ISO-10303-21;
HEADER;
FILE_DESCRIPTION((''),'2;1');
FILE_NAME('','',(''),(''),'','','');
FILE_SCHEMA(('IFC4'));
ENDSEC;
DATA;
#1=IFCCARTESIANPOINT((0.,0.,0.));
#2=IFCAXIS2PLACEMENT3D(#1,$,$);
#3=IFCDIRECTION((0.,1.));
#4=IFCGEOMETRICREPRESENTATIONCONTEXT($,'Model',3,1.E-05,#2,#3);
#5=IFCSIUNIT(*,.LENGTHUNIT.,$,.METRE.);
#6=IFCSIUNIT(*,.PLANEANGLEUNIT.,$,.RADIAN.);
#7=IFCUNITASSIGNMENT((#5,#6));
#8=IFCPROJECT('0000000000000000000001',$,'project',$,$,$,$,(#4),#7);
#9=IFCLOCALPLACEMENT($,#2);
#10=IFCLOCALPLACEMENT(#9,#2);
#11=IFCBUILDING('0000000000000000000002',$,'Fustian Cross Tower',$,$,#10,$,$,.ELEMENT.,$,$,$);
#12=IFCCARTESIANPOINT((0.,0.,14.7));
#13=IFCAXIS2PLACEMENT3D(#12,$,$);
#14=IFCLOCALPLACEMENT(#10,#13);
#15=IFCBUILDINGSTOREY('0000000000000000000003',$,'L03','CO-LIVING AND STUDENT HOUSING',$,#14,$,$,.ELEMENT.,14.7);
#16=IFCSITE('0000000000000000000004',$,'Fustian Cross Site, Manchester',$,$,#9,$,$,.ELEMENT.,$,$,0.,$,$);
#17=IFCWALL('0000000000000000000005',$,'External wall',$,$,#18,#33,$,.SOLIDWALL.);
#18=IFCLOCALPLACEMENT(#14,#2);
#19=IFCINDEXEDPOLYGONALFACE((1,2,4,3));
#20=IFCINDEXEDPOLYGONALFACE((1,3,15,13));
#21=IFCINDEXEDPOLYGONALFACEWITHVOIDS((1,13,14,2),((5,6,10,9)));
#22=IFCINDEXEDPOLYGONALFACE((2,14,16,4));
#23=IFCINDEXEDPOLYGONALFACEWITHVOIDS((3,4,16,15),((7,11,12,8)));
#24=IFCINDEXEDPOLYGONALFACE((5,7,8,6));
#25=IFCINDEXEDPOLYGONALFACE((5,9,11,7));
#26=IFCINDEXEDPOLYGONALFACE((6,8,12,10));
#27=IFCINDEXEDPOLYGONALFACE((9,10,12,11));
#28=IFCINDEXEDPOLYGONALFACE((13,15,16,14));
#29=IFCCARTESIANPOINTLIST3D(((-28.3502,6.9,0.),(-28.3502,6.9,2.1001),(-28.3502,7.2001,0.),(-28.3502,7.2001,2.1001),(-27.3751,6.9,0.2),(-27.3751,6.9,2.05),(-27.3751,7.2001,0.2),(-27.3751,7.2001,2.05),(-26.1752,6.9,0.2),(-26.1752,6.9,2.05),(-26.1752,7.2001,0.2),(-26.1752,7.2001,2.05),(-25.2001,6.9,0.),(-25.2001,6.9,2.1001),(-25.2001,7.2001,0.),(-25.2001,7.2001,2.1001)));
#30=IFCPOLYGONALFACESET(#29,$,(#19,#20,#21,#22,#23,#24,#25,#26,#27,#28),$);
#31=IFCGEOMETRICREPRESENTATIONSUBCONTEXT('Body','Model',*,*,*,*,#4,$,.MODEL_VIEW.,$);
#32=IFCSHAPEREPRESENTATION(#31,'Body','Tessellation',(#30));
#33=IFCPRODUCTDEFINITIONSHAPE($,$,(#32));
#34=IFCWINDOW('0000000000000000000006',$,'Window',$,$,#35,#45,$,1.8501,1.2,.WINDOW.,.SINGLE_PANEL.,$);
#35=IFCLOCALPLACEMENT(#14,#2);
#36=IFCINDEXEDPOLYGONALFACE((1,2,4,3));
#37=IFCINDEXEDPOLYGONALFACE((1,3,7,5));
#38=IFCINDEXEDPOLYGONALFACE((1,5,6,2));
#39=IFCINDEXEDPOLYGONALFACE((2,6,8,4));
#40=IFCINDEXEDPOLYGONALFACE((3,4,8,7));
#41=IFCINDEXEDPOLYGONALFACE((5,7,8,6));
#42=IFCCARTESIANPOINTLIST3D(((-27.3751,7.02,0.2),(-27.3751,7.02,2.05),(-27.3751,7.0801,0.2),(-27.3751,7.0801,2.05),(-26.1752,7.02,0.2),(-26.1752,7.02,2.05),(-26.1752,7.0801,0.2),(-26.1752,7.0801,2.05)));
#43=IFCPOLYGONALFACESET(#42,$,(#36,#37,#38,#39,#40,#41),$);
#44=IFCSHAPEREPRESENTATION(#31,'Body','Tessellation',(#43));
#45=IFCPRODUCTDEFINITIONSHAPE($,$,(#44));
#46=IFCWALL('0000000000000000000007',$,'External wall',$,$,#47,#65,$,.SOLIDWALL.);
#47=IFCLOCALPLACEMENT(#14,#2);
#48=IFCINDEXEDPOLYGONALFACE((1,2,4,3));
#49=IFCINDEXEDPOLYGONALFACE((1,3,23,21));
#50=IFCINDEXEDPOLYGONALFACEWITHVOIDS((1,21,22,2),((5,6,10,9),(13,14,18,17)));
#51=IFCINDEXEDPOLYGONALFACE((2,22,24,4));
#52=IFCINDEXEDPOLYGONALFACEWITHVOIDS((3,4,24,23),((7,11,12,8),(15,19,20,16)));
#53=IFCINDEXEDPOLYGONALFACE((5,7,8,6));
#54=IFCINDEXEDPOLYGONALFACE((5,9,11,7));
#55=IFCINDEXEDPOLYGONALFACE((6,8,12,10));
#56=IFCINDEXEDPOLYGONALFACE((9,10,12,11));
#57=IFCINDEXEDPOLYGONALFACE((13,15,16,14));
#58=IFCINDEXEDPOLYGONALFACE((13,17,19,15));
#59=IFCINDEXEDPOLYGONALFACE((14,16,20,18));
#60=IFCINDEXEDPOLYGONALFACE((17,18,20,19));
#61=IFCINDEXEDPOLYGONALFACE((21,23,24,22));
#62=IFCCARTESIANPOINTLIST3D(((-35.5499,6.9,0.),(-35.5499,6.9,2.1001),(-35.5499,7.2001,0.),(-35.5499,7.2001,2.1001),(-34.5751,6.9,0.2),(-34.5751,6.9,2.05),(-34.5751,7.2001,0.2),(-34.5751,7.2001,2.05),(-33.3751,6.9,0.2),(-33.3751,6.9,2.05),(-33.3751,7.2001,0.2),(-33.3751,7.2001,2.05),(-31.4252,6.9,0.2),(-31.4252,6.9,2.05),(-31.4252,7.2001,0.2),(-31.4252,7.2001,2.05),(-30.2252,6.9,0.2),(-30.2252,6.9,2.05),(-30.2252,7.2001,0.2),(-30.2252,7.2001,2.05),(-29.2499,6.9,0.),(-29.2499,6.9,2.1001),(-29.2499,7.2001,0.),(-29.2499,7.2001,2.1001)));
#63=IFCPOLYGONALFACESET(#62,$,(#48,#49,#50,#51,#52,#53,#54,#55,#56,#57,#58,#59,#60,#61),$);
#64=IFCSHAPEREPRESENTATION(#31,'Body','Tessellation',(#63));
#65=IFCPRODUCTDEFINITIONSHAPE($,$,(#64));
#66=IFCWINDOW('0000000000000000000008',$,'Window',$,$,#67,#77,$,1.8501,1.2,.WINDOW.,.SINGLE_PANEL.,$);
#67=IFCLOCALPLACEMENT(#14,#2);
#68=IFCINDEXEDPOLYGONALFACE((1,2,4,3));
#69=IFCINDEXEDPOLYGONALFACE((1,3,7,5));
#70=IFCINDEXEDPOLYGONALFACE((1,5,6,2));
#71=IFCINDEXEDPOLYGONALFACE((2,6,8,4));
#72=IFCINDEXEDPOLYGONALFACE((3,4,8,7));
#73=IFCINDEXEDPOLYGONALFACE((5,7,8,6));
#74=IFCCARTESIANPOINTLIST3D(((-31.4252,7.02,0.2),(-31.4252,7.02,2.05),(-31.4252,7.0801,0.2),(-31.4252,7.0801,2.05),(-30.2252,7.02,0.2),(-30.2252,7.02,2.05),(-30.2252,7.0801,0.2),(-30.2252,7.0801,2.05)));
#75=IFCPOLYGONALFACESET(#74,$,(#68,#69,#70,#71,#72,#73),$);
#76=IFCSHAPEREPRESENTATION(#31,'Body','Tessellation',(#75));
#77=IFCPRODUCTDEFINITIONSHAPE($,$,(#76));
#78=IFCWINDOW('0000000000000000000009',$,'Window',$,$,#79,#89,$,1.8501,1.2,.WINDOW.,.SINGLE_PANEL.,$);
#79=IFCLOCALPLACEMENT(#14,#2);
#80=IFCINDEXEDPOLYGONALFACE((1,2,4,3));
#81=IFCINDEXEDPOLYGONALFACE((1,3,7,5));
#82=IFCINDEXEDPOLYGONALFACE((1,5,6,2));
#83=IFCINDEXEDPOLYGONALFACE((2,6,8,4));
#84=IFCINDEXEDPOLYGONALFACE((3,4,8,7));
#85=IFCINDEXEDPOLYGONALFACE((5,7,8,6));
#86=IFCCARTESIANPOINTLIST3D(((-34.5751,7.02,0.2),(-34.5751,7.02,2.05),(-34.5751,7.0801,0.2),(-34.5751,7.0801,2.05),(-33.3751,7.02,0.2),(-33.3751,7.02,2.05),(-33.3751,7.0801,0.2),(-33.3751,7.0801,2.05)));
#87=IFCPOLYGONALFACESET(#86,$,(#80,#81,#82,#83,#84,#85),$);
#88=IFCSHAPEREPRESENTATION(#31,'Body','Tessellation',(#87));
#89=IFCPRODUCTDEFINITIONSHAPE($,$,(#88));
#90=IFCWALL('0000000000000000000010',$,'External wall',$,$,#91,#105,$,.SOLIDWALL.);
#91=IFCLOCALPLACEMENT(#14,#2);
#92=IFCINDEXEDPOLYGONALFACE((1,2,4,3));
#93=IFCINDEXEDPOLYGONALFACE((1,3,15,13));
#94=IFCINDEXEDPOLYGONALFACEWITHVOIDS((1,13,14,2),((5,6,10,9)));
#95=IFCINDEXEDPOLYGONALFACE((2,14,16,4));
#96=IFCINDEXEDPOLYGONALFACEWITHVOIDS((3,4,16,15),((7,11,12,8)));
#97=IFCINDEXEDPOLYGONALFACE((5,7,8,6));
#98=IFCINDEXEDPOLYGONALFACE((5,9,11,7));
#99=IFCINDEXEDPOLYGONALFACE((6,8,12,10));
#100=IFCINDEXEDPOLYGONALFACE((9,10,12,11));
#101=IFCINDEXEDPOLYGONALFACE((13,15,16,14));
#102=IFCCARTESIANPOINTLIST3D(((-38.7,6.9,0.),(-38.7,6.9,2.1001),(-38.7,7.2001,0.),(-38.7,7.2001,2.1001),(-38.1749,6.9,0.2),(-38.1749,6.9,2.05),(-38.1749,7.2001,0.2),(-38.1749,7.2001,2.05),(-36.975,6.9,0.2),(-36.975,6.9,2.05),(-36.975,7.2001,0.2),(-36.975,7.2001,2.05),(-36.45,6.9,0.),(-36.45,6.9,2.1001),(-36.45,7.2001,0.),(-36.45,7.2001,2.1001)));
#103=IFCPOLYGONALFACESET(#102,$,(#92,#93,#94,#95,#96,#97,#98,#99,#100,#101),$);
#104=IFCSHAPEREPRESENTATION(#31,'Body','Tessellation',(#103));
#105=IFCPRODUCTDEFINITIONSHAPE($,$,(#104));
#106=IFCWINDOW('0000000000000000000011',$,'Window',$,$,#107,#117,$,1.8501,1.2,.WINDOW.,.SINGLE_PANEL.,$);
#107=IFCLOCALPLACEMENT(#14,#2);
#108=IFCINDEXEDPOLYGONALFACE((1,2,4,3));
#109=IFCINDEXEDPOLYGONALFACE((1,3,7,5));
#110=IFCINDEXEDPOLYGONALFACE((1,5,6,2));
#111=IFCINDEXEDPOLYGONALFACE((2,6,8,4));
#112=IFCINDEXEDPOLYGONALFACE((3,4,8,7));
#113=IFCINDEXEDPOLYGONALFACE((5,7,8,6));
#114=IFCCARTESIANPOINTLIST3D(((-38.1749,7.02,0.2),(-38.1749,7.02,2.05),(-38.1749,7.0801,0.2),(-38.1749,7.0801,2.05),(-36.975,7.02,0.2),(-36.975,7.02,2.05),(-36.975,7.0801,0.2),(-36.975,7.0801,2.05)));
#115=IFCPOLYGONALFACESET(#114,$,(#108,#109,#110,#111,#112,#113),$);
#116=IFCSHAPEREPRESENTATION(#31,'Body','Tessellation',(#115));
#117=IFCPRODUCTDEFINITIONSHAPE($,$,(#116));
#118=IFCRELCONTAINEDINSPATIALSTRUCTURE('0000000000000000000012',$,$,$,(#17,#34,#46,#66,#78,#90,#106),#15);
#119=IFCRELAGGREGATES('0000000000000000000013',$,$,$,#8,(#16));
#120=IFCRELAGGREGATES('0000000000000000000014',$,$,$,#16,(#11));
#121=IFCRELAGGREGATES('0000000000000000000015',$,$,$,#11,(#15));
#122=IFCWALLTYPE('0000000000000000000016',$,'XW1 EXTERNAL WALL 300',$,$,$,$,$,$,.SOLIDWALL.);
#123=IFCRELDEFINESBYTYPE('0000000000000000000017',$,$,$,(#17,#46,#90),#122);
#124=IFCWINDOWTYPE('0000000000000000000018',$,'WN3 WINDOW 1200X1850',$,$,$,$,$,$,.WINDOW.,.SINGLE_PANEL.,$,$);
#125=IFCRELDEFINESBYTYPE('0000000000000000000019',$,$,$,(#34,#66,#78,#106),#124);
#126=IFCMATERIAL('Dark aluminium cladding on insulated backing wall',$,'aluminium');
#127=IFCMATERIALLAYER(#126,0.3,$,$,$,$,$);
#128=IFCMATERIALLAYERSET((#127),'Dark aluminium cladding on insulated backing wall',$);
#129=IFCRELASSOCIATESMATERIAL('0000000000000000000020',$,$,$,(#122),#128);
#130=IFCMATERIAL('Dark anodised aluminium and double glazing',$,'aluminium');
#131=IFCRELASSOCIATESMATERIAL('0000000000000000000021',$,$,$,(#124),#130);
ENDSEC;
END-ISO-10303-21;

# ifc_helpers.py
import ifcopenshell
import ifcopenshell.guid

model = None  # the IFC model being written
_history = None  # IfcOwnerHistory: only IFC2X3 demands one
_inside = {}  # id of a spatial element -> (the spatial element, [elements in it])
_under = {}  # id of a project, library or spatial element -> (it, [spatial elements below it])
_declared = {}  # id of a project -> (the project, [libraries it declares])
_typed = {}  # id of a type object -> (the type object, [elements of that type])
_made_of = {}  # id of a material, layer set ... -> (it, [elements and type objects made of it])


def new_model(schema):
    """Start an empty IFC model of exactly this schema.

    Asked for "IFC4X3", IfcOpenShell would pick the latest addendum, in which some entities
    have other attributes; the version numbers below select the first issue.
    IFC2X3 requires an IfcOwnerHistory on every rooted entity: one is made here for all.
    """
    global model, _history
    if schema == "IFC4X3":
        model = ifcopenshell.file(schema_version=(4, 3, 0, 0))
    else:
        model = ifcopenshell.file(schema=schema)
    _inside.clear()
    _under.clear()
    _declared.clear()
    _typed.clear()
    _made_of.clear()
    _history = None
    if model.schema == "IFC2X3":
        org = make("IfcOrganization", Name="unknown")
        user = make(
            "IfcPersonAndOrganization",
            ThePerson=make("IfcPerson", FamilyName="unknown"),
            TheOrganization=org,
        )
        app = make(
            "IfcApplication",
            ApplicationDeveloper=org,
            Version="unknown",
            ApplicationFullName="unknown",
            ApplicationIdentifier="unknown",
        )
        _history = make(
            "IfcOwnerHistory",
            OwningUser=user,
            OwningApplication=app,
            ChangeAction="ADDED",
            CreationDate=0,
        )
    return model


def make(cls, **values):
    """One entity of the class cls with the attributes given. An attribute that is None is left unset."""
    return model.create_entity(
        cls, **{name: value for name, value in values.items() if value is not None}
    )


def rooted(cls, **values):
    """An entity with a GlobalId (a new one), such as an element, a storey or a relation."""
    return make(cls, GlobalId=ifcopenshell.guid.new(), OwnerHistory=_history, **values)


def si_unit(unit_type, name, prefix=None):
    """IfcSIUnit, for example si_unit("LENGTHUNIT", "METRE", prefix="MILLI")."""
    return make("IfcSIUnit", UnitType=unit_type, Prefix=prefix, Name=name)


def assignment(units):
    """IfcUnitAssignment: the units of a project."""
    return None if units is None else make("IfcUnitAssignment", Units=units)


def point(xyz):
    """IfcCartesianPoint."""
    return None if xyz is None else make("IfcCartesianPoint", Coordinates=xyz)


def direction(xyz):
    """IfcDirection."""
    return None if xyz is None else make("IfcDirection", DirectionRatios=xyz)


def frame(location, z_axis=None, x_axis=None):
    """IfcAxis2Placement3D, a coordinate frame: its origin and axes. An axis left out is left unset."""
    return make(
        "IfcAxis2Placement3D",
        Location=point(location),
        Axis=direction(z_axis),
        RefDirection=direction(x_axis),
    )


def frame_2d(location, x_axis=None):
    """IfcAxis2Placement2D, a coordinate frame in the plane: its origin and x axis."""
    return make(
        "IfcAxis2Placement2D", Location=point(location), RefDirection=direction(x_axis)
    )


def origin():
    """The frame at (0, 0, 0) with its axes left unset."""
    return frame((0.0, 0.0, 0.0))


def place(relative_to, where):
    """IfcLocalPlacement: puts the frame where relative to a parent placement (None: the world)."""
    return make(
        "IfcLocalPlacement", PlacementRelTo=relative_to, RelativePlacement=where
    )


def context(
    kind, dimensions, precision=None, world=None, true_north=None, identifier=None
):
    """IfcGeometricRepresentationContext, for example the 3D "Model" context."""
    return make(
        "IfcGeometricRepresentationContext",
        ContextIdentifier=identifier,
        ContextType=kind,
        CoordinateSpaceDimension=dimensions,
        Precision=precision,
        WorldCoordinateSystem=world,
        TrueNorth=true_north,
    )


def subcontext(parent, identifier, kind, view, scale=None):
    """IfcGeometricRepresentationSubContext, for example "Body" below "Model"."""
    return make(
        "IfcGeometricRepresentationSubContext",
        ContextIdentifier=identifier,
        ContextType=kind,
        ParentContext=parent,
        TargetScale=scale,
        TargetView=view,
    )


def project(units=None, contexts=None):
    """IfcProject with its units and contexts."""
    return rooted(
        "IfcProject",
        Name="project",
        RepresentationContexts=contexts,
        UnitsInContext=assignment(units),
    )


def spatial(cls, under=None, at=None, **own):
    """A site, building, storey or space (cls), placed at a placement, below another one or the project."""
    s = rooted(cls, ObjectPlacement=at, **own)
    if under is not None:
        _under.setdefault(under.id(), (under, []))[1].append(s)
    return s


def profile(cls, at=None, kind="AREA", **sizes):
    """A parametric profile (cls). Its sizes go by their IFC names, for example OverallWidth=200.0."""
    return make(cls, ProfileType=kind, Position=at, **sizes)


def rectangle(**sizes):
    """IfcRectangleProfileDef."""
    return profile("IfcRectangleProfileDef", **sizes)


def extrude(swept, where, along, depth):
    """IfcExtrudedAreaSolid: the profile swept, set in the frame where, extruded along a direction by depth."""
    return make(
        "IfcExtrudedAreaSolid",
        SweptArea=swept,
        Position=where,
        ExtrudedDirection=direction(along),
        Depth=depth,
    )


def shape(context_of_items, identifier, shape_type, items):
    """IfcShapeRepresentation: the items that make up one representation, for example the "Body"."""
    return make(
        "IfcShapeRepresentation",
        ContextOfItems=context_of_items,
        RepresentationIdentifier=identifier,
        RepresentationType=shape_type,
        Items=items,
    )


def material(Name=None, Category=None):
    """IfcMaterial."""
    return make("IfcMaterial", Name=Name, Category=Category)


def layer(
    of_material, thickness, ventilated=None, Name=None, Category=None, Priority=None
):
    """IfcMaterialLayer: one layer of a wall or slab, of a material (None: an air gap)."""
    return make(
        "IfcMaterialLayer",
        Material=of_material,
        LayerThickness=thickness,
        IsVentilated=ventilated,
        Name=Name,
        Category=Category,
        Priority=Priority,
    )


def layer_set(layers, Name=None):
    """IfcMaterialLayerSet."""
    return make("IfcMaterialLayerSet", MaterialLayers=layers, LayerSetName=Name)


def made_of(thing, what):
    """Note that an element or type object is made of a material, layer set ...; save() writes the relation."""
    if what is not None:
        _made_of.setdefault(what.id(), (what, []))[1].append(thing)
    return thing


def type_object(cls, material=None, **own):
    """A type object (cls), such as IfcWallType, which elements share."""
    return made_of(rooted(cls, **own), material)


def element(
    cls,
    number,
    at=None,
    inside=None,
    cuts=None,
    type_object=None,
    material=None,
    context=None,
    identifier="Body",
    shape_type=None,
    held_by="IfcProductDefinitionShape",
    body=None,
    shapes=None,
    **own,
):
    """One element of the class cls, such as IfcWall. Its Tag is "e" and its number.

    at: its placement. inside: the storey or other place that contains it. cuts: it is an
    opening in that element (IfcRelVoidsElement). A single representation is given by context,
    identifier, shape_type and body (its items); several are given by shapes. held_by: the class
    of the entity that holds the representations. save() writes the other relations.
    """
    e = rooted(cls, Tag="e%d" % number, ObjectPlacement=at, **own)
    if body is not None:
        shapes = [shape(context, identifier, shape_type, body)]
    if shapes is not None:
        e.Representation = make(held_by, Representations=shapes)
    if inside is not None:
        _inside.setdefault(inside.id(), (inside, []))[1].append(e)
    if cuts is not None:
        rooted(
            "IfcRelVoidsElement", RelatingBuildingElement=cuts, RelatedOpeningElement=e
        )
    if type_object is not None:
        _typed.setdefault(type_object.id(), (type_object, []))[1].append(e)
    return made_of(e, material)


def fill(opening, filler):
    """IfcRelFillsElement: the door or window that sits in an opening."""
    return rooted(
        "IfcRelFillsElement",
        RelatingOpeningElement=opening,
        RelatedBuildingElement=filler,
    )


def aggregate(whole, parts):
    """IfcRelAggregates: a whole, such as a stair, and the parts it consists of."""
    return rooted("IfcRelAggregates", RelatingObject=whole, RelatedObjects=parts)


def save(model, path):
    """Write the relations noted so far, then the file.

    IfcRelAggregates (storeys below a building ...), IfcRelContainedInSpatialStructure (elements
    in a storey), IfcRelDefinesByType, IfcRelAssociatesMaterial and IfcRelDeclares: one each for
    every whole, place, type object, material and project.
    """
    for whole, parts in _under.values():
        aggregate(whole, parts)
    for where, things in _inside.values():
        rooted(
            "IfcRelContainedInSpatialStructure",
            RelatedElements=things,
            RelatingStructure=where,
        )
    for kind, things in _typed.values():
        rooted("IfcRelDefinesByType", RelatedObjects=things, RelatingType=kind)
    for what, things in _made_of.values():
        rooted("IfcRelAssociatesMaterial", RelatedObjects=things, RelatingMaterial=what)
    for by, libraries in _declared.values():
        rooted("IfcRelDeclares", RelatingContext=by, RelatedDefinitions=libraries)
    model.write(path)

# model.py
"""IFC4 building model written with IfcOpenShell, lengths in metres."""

from ifc_helpers import new_model, si_unit, direction, frame, frame_2d, origin, place, context, subcontext, project, spatial, rectangle, extrude, material, layer, layer_set, type_object, element, fill, save


model = new_model("IFC4")

# Units and contexts
model_context = context("Model", 3, precision=1e-05, world=origin(), true_north=direction((0.0, 1.0)))
body_context = subcontext(model_context, "Body", "Model", "MODEL_VIEW")
ifc_project = project(units=[si_unit("LENGTHUNIT", "METRE"), si_unit("PLANEANGLEUNIT", "RADIAN")], contexts=[model_context])

# Site, building, storey
site_placement = place(None, origin())
site = spatial("IfcSite", under=ifc_project, at=site_placement, Name="Fustian Cross Site, Manchester", CompositionType="ELEMENT", RefElevation=0.0)
building_placement = place(site_placement, origin())
building = spatial("IfcBuilding", under=site, at=building_placement, Name="Fustian Cross Tower", CompositionType="ELEMENT")
storey_placement = place(building_placement, frame((0.0, 0.0, 14.7)))
storey = spatial("IfcBuildingStorey", under=building, at=storey_placement, Name="L03", Description="CO-LIVING AND STUDENT HOUSING", CompositionType="ELEMENT", Elevation=14.7)

# Wall, opening, window
ifc_material_1 = material(Name="Dark aluminium cladding on insulated backing wall", Category="aluminium")
ifc_layer_1 = layer(ifc_material_1, 0.3)
ifc_layer_set_1 = layer_set([ifc_layer_1], Name="Dark aluminium cladding on insulated backing wall")
wall_type_1 = type_object("IfcWallType", Name="XW1 EXTERNAL WALL 300", PredefinedType="SOLIDWALL", material=ifc_layer_set_1)
ifc_material_2 = material(Name="Dark anodised aluminium and double glazing", Category="aluminium")
window_type = type_object("IfcWindowType", Name="WN3 WINDOW 1200X1850", PartitioningType="SINGLE_PANEL", PredefinedType="WINDOW", material=ifc_material_2)
wall_1_placement = place(storey_placement, frame((-25.2, 7.05, 0.0), z_axis=(0.0, 0.0, 1.0), x_axis=(-1.0, 0.0, 0.0)))
wall_1 = element("IfcWall", 1, at=wall_1_placement, inside=storey, type_object=wall_type_1, Name="External wall", PredefinedType="SOLIDWALL", context=body_context, shape_type="SweptSolid", body=[
    extrude(rectangle(XDim=3.1501, YDim=0.3, at=frame_2d((1.5752, 0.0))), origin(), (0.0, 0.0, 1.0), 2.1001),
])
opening_1_placement = place(wall_1_placement, frame((0.9751, 0.0, 0.2)))
opening_1 = element("IfcOpeningElement", 2, at=opening_1_placement, cuts=wall_1, PredefinedType="OPENING", context=body_context, shape_type="SweptSolid", body=[
    extrude(rectangle(XDim=1.2, YDim=1.8501, at=frame_2d((0.6001, 0.925))), frame((0.0, 0.1599, 0.0), z_axis=(0.0, -1.0, 0.0), x_axis=(1.0, 0.0, 0.0)), (0.0, 0.0, 1.0), 0.3201),
])
window_1_placement = place(opening_1_placement, origin())
window_1 = element("IfcWindow", 3, at=window_1_placement, inside=storey, type_object=window_type, Name="Window", OverallHeight=1.8501, OverallWidth=1.2, PartitioningType="SINGLE_PANEL", PredefinedType="WINDOW", context=body_context, shape_type="SweptSolid", body=[
    extrude(rectangle(XDim=1.2, YDim=1.8501, at=frame_2d((0.6001, 0.925))), frame((0.0, 0.03, 0.0), z_axis=(0.0, -1.0, 0.0), x_axis=(1.0, 0.0, 0.0)), (0.0, 0.0, 1.0), 0.0601),
])
fill(opening_1, window_1)

# Wall, openings, windows
wall_2_placement = place(storey_placement, frame((-29.25, 7.05, 0.0), z_axis=(0.0, 0.0, 1.0), x_axis=(-1.0, 0.0, 0.0)))
wall_2 = element("IfcWall", 4, at=wall_2_placement, inside=storey, type_object=wall_type_1, Name="External wall", PredefinedType="SOLIDWALL", context=body_context, shape_type="SweptSolid", body=[
    extrude(rectangle(XDim=6.3, YDim=0.3, at=frame_2d((3.1499, 0.0))), origin(), (0.0, 0.0, 1.0), 2.1001),
])
opening_2_placement = place(wall_2_placement, frame((0.9751, 0.0, 0.2)))
opening_2 = element("IfcOpeningElement", 5, at=opening_2_placement, cuts=wall_2, PredefinedType="OPENING", context=body_context, shape_type="SweptSolid", body=[
    extrude(rectangle(XDim=1.2, YDim=1.8501, at=frame_2d((0.6001, 0.925))), frame((0.0, 0.1599, 0.0), z_axis=(0.0, -1.0, 0.0), x_axis=(1.0, 0.0, 0.0)), (0.0, 0.0, 1.0), 0.3201),
])
opening_3_placement = place(wall_2_placement, frame((4.125, 0.0, 0.2)))
opening_3 = element("IfcOpeningElement", 6, at=opening_3_placement, cuts=wall_2, PredefinedType="OPENING", context=body_context, shape_type="SweptSolid", body=[
    extrude(rectangle(XDim=1.2, YDim=1.8501, at=frame_2d((0.6001, 0.925))), frame((0.0, 0.1599, 0.0), z_axis=(0.0, -1.0, 0.0), x_axis=(1.0, 0.0, 0.0)), (0.0, 0.0, 1.0), 0.3201),
])
window_2_placement = place(opening_2_placement, origin())
window_2 = element("IfcWindow", 7, at=window_2_placement, inside=storey, type_object=window_type, Name="Window", OverallHeight=1.8501, OverallWidth=1.2, PartitioningType="SINGLE_PANEL", PredefinedType="WINDOW", context=body_context, shape_type="SweptSolid", body=[
    extrude(rectangle(XDim=1.2, YDim=1.8501, at=frame_2d((0.6001, 0.925))), frame((0.0, 0.03, 0.0), z_axis=(0.0, -1.0, 0.0), x_axis=(1.0, 0.0, 0.0)), (0.0, 0.0, 1.0), 0.0601),
])
fill(opening_2, window_2)
window_3_placement = place(opening_3_placement, origin())
window_3 = element("IfcWindow", 8, at=window_3_placement, inside=storey, type_object=window_type, Name="Window", OverallHeight=1.8501, OverallWidth=1.2, PartitioningType="SINGLE_PANEL", PredefinedType="WINDOW", context=body_context, shape_type="SweptSolid", body=[
    extrude(rectangle(XDim=1.2, YDim=1.8501, at=frame_2d((0.6001, 0.925))), frame((0.0, 0.03, 0.0), z_axis=(0.0, -1.0, 0.0), x_axis=(1.0, 0.0, 0.0)), (0.0, 0.0, 1.0), 0.0601),
])
fill(opening_3, window_3)

# Wall, opening, window
wall_3_placement = place(storey_placement, frame((-36.45, 7.05, 0.0), z_axis=(0.0, 0.0, 1.0), x_axis=(-1.0, 0.0, 0.0)))
wall_3 = element("IfcWall", 9, at=wall_3_placement, inside=storey, type_object=wall_type_1, Name="External wall", PredefinedType="SOLIDWALL", context=body_context, shape_type="SweptSolid", body=[
    extrude(rectangle(XDim=2.25, YDim=0.3, at=frame_2d((1.125, 0.0))), origin(), (0.0, 0.0, 1.0), 2.1001),
])
opening_4_placement = place(wall_3_placement, frame((0.5249, 0.0, 0.2)))
opening_4 = element("IfcOpeningElement", 10, at=opening_4_placement, cuts=wall_3, PredefinedType="OPENING", context=body_context, shape_type="SweptSolid", body=[
    extrude(rectangle(XDim=1.2, YDim=1.8501, at=frame_2d((0.6001, 0.925))), frame((0.0, 0.1599, 0.0), z_axis=(0.0, -1.0, 0.0), x_axis=(1.0, 0.0, 0.0)), (0.0, 0.0, 1.0), 0.3201),
])
window_4_placement = place(opening_4_placement, origin())
window_4 = element("IfcWindow", 11, at=window_4_placement, inside=storey, type_object=window_type, Name="Window", OverallHeight=1.8501, OverallWidth=1.2, PartitioningType="SINGLE_PANEL", PredefinedType="WINDOW", context=body_context, shape_type="SweptSolid", body=[
    extrude(rectangle(XDim=1.2, YDim=1.8501, at=frame_2d((0.6001, 0.925))), frame((0.0, 0.03, 0.0), z_axis=(0.0, -1.0, 0.0), x_axis=(1.0, 0.0, 0.0)), (0.0, 0.0, 1.0), 0.0601),
])
fill(opening_4, window_4)

save(model, "model.ifc")
